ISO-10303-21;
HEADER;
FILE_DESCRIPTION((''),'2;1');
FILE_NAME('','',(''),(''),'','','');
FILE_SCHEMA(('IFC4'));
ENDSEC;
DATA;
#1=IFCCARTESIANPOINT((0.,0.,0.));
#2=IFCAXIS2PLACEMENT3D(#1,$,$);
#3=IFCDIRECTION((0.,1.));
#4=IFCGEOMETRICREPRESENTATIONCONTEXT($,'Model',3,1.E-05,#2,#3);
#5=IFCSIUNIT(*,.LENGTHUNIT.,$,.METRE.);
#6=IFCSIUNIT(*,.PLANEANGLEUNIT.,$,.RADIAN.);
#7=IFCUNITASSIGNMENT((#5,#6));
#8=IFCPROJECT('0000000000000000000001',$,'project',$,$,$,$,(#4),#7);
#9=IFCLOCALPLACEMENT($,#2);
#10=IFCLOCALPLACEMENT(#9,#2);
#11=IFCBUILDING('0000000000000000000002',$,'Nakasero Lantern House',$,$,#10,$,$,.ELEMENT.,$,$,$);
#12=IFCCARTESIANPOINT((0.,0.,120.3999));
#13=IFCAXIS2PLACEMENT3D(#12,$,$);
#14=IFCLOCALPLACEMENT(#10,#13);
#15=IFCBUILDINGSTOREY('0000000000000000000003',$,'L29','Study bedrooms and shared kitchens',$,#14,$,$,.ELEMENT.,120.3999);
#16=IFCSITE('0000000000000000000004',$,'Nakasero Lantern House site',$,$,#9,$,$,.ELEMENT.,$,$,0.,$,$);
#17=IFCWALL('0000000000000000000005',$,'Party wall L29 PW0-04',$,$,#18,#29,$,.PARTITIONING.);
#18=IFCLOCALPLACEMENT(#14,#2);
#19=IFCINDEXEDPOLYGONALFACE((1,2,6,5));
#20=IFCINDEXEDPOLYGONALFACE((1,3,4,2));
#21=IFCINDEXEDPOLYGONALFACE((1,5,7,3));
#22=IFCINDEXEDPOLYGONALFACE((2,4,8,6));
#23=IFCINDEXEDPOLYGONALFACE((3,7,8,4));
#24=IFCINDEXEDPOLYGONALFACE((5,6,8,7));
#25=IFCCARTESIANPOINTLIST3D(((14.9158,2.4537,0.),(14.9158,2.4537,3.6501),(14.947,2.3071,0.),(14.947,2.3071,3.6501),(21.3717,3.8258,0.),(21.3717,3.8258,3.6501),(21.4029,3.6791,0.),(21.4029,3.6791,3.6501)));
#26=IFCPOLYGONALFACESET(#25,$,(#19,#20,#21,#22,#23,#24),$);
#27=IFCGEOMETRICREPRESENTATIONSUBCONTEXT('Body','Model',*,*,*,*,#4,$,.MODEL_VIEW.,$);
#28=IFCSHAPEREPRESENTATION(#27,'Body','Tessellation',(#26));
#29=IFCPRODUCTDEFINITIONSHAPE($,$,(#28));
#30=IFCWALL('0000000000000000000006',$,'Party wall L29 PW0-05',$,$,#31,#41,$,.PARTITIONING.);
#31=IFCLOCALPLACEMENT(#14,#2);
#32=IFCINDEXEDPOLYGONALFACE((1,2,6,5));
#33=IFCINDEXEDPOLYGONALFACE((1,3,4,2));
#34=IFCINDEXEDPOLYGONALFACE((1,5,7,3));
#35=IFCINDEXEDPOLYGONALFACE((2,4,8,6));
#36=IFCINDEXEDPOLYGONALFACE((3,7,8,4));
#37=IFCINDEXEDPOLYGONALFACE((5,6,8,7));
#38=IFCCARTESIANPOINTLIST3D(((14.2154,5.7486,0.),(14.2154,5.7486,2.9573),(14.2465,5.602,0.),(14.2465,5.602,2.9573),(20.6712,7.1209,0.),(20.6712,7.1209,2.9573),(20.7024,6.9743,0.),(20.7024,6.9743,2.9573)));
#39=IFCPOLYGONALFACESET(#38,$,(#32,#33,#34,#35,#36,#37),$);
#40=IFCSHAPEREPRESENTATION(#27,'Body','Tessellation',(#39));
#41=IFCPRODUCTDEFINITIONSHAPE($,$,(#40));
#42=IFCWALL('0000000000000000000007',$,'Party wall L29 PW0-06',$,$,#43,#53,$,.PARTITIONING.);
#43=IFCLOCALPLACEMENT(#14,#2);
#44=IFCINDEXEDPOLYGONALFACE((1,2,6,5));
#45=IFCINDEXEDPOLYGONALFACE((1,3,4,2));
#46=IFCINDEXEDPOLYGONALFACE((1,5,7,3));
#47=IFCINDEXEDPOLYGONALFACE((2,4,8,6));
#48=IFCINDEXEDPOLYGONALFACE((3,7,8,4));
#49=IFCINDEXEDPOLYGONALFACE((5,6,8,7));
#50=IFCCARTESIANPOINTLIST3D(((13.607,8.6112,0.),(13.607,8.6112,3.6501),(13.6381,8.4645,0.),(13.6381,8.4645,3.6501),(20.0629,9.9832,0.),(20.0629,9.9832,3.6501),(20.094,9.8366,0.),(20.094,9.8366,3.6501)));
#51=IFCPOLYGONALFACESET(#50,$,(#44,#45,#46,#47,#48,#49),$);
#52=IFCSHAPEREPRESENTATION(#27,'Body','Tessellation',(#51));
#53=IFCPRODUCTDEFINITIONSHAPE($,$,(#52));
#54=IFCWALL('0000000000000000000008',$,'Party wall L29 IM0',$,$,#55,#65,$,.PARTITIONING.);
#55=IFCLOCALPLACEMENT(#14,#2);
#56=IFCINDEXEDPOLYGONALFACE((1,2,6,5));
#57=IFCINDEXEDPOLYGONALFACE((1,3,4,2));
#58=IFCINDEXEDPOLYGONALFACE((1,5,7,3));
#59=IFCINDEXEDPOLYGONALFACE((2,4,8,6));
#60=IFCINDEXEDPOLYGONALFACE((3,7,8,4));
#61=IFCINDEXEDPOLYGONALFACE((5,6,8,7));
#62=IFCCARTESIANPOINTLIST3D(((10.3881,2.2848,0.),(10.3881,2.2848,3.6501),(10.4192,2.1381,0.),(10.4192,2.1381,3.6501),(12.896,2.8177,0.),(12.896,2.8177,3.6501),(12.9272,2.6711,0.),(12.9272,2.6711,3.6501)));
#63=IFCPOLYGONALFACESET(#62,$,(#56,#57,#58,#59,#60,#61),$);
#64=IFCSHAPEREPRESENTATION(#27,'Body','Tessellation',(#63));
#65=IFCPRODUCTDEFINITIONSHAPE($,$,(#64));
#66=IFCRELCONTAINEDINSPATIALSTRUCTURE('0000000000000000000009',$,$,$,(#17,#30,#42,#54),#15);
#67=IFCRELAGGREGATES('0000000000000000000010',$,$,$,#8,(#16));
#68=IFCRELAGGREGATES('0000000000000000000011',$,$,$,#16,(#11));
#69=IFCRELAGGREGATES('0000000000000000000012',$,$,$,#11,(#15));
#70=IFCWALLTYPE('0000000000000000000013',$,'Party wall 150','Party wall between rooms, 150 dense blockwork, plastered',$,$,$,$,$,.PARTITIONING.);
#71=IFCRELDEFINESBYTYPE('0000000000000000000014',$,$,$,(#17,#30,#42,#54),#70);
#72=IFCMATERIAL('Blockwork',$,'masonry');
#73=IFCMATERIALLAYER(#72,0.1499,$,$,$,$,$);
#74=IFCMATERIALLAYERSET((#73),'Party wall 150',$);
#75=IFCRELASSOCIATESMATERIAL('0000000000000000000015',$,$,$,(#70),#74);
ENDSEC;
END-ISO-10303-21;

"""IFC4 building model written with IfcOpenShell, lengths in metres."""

from ifc_helpers import new_model, si_unit, direction, frame, frame_2d, origin, place, context, subcontext, project, spatial, rectangle, extrude, material, layer, layer_set, type_object, element, save


model = new_model("IFC4")

# Units and contexts
model_context = context("Model", 3, precision=1e-05, world=origin(), true_north=direction((0.0, 1.0)))
body_context = subcontext(model_context, "Body", "Model", "MODEL_VIEW")
ifc_project = project(units=[si_unit("LENGTHUNIT", "METRE"), si_unit("PLANEANGLEUNIT", "RADIAN")], contexts=[model_context])

# Site, building, storey
site_placement = place(None, origin())
site = spatial("IfcSite", under=ifc_project, at=site_placement, Name="Nakasero Lantern House site", CompositionType="ELEMENT", RefElevation=0.0)
building_placement = place(site_placement, origin())
building = spatial("IfcBuilding", under=site, at=building_placement, Name="Nakasero Lantern House", CompositionType="ELEMENT")
storey_placement = place(building_placement, frame((0.0, 0.0, 120.3999)))
storey = spatial("IfcBuildingStorey", under=building, at=storey_placement, Name="L29", Description="Study bedrooms and shared kitchens", CompositionType="ELEMENT", Elevation=120.3999)

# Walls
ifc_material_1 = material(Name="Blockwork", Category="masonry")
ifc_layer_1 = layer(ifc_material_1, 0.1499)
ifc_layer_set_1 = layer_set([ifc_layer_1], Name="Party wall 150")
wall_type_1 = type_object("IfcWallType", Name="Party wall 150", Description="Party wall between rooms, 150 dense blockwork, plastered", PredefinedType="PARTITIONING", material=ifc_layer_set_1)
wall_1_placement = place(storey_placement, frame((14.9314, 2.3804, 0.0), z_axis=(0.0, 0.0, 1.0), x_axis=(0.978152, 0.207889, 0.0)))
element("IfcWall", 1, at=wall_1_placement, inside=storey, type_object=wall_type_1, Name="Party wall L29 PW0-04", PredefinedType="PARTITIONING", context=body_context, shape_type="SweptSolid", body=[
    extrude(rectangle(XDim=6.6001, YDim=0.1499, at=frame_2d((3.3, 0.0))), origin(), (0.0, 0.0, 1.0), 3.6501),
])
wall_2_placement = place(storey_placement, frame((14.231, 5.6753, 0.0), z_axis=(0.0, 0.0, 1.0), x_axis=(0.978145, 0.207925, 0.0)))
element("IfcWall", 2, at=wall_2_placement, inside=storey, type_object=wall_type_1, Name="Party wall L29 PW0-05", PredefinedType="PARTITIONING", context=body_context, shape_type="SweptSolid", body=[
    extrude(rectangle(XDim=6.6001, YDim=0.1499, at=frame_2d((3.3, 0.0))), origin(), (0.0, 0.0, 1.0), 2.9573),
])
wall_3_placement = place(storey_placement, frame((13.6226, 8.5378, 0.0), z_axis=(0.0, 0.0, 1.0), x_axis=(0.978152, 0.207889, 0.0)))
element("IfcWall", 3, at=wall_3_placement, inside=storey, type_object=wall_type_1, Name="Party wall L29 PW0-06", PredefinedType="PARTITIONING", context=body_context, shape_type="SweptSolid", body=[
    extrude(rectangle(XDim=6.6001, YDim=0.1499, at=frame_2d((3.3, 0.0))), origin(), (0.0, 0.0, 1.0), 3.6501),
])
wall_4_placement = place(storey_placement, frame((12.9116, 2.7444, 0.0), z_axis=(0.0, 0.0, 1.0), x_axis=(-0.978159, -0.207858, 0.0)))
element("IfcWall", 4, at=wall_4_placement, inside=storey, type_object=wall_type_1, Name="Party wall L29 IM0", PredefinedType="PARTITIONING", context=body_context, shape_type="SweptSolid", body=[
    extrude(rectangle(XDim=2.564, YDim=0.1499, at=frame_2d((1.282, 0.0))), origin(), (0.0, 0.0, 1.0), 3.6501),
])

save(model, "model.ifc")
